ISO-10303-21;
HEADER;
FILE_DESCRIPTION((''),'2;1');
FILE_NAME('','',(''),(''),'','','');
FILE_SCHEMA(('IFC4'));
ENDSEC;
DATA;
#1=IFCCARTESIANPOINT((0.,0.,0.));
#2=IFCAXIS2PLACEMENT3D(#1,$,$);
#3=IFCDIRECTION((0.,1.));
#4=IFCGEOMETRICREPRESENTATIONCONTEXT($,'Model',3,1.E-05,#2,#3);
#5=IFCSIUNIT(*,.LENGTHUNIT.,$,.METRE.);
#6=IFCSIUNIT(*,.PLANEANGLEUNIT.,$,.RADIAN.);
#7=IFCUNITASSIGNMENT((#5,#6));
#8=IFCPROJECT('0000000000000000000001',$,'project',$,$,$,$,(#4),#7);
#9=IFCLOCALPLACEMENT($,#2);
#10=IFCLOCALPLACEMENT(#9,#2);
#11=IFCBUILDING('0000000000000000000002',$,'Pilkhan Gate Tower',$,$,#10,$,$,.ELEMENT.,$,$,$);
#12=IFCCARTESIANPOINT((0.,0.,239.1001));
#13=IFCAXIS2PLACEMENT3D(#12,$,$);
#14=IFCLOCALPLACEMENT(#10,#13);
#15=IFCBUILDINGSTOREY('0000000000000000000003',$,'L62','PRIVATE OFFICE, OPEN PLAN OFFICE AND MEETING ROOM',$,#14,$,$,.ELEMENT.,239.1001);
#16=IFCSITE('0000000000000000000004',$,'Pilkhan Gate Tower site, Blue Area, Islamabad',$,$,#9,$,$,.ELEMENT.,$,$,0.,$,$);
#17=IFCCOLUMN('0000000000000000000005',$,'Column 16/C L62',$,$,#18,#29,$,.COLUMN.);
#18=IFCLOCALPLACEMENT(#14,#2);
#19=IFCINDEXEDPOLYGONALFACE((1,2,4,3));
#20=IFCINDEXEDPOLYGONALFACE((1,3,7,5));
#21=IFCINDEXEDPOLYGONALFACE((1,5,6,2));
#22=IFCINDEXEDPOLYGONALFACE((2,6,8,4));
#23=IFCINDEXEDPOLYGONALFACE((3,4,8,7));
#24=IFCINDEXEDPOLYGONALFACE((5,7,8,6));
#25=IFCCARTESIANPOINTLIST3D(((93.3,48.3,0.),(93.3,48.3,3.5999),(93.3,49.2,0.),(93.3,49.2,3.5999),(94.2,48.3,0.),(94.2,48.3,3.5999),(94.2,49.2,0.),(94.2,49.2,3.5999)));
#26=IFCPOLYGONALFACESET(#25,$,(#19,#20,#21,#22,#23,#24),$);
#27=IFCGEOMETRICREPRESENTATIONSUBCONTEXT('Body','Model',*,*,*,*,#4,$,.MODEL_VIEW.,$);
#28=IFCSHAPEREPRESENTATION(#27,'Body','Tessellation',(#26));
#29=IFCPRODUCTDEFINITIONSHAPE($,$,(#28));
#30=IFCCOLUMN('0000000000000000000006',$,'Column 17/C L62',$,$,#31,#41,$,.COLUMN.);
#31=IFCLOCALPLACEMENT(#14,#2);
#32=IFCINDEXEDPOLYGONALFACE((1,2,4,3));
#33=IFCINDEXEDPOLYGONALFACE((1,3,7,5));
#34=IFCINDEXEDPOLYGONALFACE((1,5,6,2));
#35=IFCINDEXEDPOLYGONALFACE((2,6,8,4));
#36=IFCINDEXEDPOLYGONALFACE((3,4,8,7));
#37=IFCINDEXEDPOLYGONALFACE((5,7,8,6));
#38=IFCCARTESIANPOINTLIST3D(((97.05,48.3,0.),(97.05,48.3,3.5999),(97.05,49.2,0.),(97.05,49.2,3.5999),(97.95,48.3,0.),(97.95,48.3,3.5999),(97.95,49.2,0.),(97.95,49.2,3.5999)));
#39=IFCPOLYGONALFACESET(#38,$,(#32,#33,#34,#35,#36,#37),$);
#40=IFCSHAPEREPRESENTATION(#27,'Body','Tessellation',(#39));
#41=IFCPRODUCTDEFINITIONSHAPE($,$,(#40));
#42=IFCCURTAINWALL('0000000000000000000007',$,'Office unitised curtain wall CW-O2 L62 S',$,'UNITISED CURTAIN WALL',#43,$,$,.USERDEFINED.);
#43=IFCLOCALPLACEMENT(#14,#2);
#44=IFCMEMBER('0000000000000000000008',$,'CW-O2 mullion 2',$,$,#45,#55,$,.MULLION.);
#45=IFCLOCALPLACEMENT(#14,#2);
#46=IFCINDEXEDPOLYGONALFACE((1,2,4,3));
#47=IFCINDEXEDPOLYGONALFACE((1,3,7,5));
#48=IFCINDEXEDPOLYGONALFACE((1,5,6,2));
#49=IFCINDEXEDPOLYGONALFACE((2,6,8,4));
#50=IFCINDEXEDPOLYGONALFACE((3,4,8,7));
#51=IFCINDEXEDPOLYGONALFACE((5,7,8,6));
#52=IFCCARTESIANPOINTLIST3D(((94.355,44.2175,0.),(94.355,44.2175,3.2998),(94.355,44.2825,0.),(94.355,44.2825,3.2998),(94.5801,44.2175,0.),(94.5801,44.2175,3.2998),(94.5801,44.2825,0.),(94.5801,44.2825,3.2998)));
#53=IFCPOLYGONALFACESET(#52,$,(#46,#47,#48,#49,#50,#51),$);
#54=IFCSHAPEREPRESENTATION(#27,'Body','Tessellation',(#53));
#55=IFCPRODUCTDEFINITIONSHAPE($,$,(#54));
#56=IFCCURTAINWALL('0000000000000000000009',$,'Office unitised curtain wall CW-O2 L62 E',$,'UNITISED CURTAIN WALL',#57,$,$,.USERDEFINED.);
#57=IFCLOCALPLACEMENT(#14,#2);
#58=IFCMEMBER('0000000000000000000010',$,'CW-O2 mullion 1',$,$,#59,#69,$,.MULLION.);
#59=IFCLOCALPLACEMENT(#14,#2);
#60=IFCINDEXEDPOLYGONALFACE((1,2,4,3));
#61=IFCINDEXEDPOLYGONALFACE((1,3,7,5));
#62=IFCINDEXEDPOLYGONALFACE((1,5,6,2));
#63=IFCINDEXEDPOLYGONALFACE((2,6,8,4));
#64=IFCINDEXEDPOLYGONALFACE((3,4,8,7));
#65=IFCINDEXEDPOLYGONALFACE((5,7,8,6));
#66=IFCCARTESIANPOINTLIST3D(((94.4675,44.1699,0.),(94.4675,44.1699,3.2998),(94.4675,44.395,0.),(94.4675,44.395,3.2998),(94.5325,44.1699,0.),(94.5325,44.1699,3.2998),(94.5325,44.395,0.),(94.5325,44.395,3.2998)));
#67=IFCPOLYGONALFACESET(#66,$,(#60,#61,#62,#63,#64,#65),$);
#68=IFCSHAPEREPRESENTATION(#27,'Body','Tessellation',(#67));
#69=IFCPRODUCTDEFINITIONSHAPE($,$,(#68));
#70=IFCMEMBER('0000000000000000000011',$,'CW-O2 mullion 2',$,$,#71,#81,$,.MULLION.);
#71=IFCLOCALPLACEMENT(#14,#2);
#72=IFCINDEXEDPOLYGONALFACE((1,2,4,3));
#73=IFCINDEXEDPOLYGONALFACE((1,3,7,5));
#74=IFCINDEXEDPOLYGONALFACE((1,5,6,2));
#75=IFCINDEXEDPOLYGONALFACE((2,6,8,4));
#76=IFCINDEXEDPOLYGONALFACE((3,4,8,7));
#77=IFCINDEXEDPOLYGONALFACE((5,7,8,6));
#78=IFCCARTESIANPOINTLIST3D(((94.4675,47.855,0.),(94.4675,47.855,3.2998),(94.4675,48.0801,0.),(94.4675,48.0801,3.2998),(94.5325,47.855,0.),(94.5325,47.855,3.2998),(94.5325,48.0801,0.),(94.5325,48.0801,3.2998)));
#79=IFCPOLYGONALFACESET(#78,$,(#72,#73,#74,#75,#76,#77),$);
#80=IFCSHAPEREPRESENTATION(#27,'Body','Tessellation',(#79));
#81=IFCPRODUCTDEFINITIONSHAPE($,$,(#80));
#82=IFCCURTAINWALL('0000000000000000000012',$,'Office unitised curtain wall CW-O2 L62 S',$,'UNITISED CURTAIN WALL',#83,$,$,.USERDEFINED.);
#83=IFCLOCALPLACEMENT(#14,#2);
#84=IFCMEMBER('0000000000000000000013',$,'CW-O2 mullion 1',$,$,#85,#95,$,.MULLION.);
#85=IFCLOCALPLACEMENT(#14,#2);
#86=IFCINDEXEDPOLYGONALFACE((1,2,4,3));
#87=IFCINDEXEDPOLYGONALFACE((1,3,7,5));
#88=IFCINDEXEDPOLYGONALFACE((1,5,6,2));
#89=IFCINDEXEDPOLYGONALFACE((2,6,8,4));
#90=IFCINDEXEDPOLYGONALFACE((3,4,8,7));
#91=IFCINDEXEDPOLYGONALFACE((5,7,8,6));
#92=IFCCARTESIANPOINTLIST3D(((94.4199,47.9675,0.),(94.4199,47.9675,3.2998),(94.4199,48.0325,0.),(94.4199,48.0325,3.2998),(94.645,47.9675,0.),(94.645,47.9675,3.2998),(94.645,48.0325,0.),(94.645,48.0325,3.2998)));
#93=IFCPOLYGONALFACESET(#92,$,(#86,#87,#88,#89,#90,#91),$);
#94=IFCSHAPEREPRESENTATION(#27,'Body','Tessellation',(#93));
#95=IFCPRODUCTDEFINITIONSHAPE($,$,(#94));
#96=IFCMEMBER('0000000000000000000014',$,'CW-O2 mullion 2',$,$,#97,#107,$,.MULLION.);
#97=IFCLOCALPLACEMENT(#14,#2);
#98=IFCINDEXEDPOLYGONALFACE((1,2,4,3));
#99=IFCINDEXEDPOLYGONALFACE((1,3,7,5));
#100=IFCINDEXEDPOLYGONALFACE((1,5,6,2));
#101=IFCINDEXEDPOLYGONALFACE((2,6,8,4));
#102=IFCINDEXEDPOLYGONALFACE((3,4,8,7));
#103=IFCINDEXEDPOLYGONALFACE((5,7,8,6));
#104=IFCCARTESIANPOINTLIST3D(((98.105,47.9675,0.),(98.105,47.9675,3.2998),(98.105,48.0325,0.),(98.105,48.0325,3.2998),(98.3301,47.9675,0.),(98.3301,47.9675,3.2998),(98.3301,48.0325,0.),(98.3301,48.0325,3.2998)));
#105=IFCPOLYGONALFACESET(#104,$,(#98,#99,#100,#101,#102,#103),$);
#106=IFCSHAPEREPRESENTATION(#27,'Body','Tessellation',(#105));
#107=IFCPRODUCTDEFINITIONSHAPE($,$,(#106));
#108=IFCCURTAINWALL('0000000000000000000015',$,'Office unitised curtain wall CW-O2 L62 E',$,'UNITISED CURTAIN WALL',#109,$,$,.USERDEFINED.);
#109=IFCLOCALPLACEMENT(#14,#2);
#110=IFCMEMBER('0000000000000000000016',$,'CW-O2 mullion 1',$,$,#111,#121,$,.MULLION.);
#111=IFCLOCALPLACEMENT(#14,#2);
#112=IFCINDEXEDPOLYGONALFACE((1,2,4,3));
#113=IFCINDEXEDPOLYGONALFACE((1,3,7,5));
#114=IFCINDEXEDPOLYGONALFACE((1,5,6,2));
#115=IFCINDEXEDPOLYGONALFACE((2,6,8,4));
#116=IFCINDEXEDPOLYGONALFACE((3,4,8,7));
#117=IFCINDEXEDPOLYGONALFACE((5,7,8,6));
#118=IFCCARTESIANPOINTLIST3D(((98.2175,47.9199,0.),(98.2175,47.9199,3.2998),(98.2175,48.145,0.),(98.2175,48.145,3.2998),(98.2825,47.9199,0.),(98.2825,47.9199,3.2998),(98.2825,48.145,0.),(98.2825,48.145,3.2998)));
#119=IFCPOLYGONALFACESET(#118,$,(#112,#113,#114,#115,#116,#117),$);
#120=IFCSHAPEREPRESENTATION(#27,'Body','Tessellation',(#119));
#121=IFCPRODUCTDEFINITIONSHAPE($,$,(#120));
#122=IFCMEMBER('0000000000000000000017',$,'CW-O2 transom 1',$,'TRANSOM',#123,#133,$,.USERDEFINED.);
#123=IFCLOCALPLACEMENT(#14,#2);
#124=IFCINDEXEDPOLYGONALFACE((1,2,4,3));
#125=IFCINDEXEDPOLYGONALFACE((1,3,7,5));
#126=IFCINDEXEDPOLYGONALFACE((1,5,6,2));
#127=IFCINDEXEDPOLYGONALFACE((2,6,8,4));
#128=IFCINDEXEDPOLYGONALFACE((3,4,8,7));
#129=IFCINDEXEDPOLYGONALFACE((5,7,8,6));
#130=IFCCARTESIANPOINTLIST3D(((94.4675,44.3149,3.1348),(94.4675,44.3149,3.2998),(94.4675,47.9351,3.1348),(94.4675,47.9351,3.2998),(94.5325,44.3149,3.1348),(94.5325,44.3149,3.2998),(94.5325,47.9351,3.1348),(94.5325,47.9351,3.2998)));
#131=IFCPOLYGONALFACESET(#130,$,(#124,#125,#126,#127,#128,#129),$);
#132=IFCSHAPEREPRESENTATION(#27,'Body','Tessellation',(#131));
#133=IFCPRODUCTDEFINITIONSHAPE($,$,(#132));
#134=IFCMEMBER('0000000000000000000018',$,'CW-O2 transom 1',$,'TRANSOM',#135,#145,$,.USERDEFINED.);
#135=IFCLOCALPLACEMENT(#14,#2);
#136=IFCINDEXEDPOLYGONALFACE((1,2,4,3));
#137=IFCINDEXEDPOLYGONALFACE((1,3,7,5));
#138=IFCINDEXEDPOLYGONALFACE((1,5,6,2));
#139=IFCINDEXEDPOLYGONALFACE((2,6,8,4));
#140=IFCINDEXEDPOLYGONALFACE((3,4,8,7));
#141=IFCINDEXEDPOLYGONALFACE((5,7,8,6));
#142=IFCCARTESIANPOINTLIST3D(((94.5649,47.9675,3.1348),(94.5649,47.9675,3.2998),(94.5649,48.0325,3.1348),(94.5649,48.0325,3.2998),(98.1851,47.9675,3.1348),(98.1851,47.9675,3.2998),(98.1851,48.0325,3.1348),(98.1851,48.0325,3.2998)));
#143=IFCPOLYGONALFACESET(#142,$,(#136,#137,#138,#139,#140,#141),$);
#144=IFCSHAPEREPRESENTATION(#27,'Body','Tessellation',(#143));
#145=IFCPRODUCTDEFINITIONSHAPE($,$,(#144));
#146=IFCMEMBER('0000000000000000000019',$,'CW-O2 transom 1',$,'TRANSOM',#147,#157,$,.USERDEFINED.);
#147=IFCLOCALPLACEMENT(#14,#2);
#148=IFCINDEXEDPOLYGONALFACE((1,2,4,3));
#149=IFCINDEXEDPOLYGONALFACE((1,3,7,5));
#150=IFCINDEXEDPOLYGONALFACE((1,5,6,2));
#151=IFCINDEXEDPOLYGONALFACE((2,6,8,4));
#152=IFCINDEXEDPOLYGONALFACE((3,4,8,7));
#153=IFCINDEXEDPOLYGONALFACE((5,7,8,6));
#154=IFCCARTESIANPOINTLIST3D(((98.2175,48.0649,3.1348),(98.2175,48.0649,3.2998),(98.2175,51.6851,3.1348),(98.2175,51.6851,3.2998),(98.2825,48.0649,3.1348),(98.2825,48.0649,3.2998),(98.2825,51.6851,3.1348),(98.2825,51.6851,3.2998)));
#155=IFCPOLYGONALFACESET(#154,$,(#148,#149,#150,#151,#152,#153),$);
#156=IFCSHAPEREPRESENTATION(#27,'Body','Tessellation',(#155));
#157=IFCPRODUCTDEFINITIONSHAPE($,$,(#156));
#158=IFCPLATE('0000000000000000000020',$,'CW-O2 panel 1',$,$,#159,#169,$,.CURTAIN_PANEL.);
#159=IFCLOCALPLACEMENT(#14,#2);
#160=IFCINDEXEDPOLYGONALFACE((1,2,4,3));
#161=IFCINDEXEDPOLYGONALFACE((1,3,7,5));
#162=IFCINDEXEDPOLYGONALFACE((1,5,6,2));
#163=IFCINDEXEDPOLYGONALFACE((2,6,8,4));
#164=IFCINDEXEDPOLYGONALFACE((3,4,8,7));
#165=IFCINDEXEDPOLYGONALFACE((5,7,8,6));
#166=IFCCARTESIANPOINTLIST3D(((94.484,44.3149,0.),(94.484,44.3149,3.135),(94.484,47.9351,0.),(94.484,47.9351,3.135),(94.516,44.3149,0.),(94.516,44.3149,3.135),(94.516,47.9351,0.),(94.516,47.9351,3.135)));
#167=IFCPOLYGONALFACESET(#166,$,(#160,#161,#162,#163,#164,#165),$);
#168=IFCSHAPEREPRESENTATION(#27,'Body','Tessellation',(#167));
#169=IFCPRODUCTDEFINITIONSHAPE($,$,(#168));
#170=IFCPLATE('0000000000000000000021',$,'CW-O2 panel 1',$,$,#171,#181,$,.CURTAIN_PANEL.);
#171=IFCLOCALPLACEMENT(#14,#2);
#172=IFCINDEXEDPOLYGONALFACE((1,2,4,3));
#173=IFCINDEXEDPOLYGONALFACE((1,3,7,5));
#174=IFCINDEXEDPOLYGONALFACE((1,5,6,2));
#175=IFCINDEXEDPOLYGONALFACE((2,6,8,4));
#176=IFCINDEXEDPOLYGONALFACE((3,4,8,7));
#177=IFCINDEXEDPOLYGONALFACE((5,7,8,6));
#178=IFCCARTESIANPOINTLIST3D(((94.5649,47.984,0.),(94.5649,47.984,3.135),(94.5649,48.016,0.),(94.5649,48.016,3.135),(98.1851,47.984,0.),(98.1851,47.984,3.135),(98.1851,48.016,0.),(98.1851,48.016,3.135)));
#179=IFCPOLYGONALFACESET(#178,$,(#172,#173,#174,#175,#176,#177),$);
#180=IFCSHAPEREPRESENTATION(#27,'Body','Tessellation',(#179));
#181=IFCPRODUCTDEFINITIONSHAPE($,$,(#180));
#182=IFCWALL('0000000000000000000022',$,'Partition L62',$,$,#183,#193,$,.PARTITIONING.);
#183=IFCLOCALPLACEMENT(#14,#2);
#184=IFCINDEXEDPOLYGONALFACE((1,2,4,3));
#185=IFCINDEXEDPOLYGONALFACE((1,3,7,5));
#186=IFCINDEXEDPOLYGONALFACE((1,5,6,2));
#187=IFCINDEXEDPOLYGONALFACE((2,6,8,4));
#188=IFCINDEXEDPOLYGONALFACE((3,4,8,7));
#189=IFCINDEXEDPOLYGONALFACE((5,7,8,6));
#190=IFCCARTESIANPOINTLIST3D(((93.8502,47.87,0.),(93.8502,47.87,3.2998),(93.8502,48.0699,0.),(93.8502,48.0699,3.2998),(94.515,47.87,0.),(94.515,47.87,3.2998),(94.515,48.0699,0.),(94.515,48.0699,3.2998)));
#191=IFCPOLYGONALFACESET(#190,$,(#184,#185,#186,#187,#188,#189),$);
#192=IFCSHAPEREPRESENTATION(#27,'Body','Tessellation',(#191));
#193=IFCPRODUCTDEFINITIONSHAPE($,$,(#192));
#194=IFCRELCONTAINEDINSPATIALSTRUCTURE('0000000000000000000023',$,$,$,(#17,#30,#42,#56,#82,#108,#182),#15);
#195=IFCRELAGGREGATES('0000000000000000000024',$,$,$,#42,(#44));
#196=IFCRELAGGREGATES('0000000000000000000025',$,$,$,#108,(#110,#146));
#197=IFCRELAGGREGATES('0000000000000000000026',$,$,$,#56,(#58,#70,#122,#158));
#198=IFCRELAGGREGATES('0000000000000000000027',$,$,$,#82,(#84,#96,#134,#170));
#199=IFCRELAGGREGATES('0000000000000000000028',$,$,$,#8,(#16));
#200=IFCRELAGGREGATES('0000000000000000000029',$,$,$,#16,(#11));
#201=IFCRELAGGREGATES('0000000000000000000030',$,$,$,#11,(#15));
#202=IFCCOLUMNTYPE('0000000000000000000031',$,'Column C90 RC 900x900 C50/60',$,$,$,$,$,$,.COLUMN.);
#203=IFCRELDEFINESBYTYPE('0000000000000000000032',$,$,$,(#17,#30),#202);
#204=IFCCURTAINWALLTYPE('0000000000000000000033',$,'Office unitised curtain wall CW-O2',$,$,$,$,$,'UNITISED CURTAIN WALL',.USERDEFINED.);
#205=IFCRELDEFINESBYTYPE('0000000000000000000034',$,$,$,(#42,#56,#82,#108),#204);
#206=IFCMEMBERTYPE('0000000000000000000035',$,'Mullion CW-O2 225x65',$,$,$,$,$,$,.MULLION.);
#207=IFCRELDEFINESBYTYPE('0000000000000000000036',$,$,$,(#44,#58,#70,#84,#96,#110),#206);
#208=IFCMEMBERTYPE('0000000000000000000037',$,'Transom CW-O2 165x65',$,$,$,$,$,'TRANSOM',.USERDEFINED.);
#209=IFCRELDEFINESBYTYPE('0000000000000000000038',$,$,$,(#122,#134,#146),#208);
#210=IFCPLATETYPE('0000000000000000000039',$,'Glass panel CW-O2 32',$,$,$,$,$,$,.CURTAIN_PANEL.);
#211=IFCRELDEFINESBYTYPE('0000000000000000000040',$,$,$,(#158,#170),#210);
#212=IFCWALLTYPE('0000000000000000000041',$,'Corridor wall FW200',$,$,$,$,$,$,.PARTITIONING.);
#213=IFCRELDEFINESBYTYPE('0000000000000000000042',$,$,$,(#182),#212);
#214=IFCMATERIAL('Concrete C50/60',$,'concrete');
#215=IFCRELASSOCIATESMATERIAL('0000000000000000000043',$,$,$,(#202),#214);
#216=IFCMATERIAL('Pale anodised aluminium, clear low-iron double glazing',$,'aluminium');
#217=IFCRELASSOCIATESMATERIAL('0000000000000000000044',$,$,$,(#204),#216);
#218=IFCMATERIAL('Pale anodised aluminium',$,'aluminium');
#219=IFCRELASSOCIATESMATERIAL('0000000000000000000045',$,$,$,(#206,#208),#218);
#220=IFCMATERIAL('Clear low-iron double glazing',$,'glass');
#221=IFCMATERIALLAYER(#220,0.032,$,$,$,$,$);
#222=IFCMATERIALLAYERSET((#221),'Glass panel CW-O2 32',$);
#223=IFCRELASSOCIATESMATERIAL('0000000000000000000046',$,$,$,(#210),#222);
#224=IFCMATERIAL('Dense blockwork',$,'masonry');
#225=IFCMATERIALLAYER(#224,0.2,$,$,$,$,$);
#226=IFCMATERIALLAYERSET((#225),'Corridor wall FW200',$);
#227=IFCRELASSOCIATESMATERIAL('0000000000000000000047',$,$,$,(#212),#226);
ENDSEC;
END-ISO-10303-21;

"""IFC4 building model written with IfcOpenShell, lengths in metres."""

from ifc_helpers import new_model, si_unit, direction, frame, frame_2d, origin, origin_2d, place, context, subcontext, project, spatial, rectangle, extrude, material, layer, layer_set, material_profile, profile_set, type_object, element, aggregate, save


model = new_model("IFC4")

# Units and contexts
model_context = context("Model", 3, precision=1e-05, world=origin(), true_north=direction((0.0, 1.0)))
body_context = subcontext(model_context, "Body", "Model", "MODEL_VIEW")
ifc_project = project(units=[si_unit("LENGTHUNIT", "METRE"), si_unit("PLANEANGLEUNIT", "RADIAN")], contexts=[model_context])

# Site, building, storey
site_placement = place(None, origin())
site = spatial("IfcSite", under=ifc_project, at=site_placement, Name="Pilkhan Gate Tower site, Blue Area, Islamabad", CompositionType="ELEMENT", RefElevation=0.0)
building_placement = place(site_placement, origin())
building = spatial("IfcBuilding", under=site, at=building_placement, Name="Pilkhan Gate Tower", CompositionType="ELEMENT")
storey_placement = place(building_placement, frame((0.0, 0.0, 239.1001)))
storey = spatial("IfcBuildingStorey", under=building, at=storey_placement, Name="L62", Description="PRIVATE OFFICE, OPEN PLAN OFFICE AND MEETING ROOM", CompositionType="ELEMENT", Elevation=239.1001)

# Columns
ifc_material_1 = material(Name="Concrete C50/60", Category="concrete")
ifc_material_profile_1 = material_profile(ifc_material_1, rectangle(XDim=0.8999, YDim=0.8999, at=origin_2d()), Name="RC 900x900")
ifc_profile_set_1 = profile_set([ifc_material_profile_1], Name="Concrete C50/60")
column_type = type_object("IfcColumnType", Name="Column C90 RC 900x900 C50/60", PredefinedType="COLUMN", material=ifc_profile_set_1)
for number, where, z_axis, x_axis, name in (
    (1, (93.75, 48.75, 0.0), (0.0, 0.0, 1.0), (1.0, 0.0, 0.0), "Column 16/C L62"),
    (2, (97.5, 48.75, 0.0), (0.0, 0.0, 1.0), (1.0, 0.0, 0.0), "Column 17/C L62"),
):
    element("IfcColumn", number, at=place(storey_placement, frame(where, z_axis=z_axis, x_axis=x_axis)), inside=storey, type_object=column_type, Name=name, PredefinedType="COLUMN", context=body_context, shape_type="SweptSolid", body=[
        extrude(rectangle(XDim=0.8999, YDim=0.8999, at=origin_2d()), origin(), (0.0, 0.0, 1.0), 3.5999),
    ])

# Curtain wall, member
ifc_material_2 = material(Name="Pale anodised aluminium, clear low-iron double glazing", Category="aluminium")
curtain_wall_type = type_object("IfcCurtainWallType", Name="Office unitised curtain wall CW-O2", ElementType="UNITISED CURTAIN WALL", PredefinedType="USERDEFINED", material=ifc_material_2)
curtain_wall_1_placement = place(storey_placement, origin())
curtain_wall_1 = element("IfcCurtainWall", 3, at=curtain_wall_1_placement, inside=storey, type_object=curtain_wall_type, Name="Office unitised curtain wall CW-O2 L62 S", ObjectType="UNITISED CURTAIN WALL", PredefinedType="USERDEFINED")
ifc_material_3 = material(Name="Pale anodised aluminium", Category="aluminium")
ifc_material_profile_2 = material_profile(ifc_material_3, rectangle(XDim=0.0649, YDim=0.2251, at=origin_2d()), Name="Mullion 225x65")
ifc_profile_set_2 = profile_set([ifc_material_profile_2], Name="Pale anodised aluminium")
member_type_1 = type_object("IfcMemberType", Name="Mullion CW-O2 225x65", PredefinedType="MULLION", material=ifc_profile_set_2)
member_1_placement = place(storey_placement, frame((94.4675, 44.25, 0.0), z_axis=(0.0, 0.0, 1.0), x_axis=(0.0, 1.0, 0.0)))
member_1 = element("IfcMember", 4, at=member_1_placement, type_object=member_type_1, Name="CW-O2 mullion 2", PredefinedType="MULLION", context=body_context, shape_type="SweptSolid", body=[
    extrude(rectangle(XDim=0.0649, YDim=0.2251, at=origin_2d()), origin(), (0.0, 0.0, 1.0), 3.2998),
])
aggregate(curtain_wall_1, [member_1])

# Curtain walls, members
curtain_wall_2_placement = place(storey_placement, origin())
curtain_wall_2 = element("IfcCurtainWall", 5, at=curtain_wall_2_placement, inside=storey, type_object=curtain_wall_type, Name="Office unitised curtain wall CW-O2 L62 E", ObjectType="UNITISED CURTAIN WALL", PredefinedType="USERDEFINED")
member_2_placement = place(storey_placement, frame((94.5, 44.2825, 0.0), z_axis=(0.0, 0.0, 1.0), x_axis=(-1.0, 0.0, 0.0)))
member_2 = element("IfcMember", 6, at=member_2_placement, type_object=member_type_1, Name="CW-O2 mullion 1", PredefinedType="MULLION", context=body_context, shape_type="SweptSolid", body=[
    extrude(rectangle(XDim=0.0649, YDim=0.2251, at=origin_2d()), origin(), (0.0, 0.0, 1.0), 3.2998),
])
member_3_placement = place(storey_placement, frame((94.5, 47.9675, 0.0), z_axis=(0.0, 0.0, 1.0), x_axis=(-1.0, 0.0, 0.0)))
member_3 = element("IfcMember", 7, at=member_3_placement, type_object=member_type_1, Name="CW-O2 mullion 2", PredefinedType="MULLION", context=body_context, shape_type="SweptSolid", body=[
    extrude(rectangle(XDim=0.0649, YDim=0.2251, at=origin_2d()), origin(), (0.0, 0.0, 1.0), 3.2998),
])
curtain_wall_3_placement = place(storey_placement, origin())
curtain_wall_3 = element("IfcCurtainWall", 8, at=curtain_wall_3_placement, inside=storey, type_object=curtain_wall_type, Name="Office unitised curtain wall CW-O2 L62 S", ObjectType="UNITISED CURTAIN WALL", PredefinedType="USERDEFINED")
member_4_placement = place(storey_placement, frame((94.5325, 48.0, 0.0), z_axis=(0.0, 0.0, 1.0), x_axis=(0.0, 1.0, 0.0)))
member_4 = element("IfcMember", 9, at=member_4_placement, type_object=member_type_1, Name="CW-O2 mullion 1", PredefinedType="MULLION", context=body_context, shape_type="SweptSolid", body=[
    extrude(rectangle(XDim=0.0649, YDim=0.2251, at=origin_2d()), origin(), (0.0, 0.0, 1.0), 3.2998),
])
member_5_placement = place(storey_placement, frame((98.2175, 48.0, 0.0), z_axis=(0.0, 0.0, 1.0), x_axis=(0.0, 1.0, 0.0)))
member_5 = element("IfcMember", 10, at=member_5_placement, type_object=member_type_1, Name="CW-O2 mullion 2", PredefinedType="MULLION", context=body_context, shape_type="SweptSolid", body=[
    extrude(rectangle(XDim=0.0649, YDim=0.2251, at=origin_2d()), origin(), (0.0, 0.0, 1.0), 3.2998),
])

# Curtain wall, member
curtain_wall_4_placement = place(storey_placement, origin())
curtain_wall_4 = element("IfcCurtainWall", 11, at=curtain_wall_4_placement, inside=storey, type_object=curtain_wall_type, Name="Office unitised curtain wall CW-O2 L62 E", ObjectType="UNITISED CURTAIN WALL", PredefinedType="USERDEFINED")
member_6_placement = place(storey_placement, frame((98.25, 48.0325, 0.0), z_axis=(0.0, 0.0, 1.0), x_axis=(-1.0, 0.0, 0.0)))
member_6 = element("IfcMember", 12, at=member_6_placement, type_object=member_type_1, Name="CW-O2 mullion 1", PredefinedType="MULLION", context=body_context, shape_type="SweptSolid", body=[
    extrude(rectangle(XDim=0.0649, YDim=0.2251, at=origin_2d()), origin(), (0.0, 0.0, 1.0), 3.2998),
])

# Members
ifc_material_profile_3 = material_profile(ifc_material_3, rectangle(XDim=0.0649, YDim=0.165, at=origin_2d()), Name="Transom 165x65")
ifc_profile_set_3 = profile_set([ifc_material_profile_3], Name="Pale anodised aluminium")
member_type_2 = type_object("IfcMemberType", Name="Transom CW-O2 165x65", ElementType="TRANSOM", PredefinedType="USERDEFINED", material=ifc_profile_set_3)
member_7_placement = place(storey_placement, frame((94.5, 44.3149, 3.2173), z_axis=(0.0, 1.0, 0.0), x_axis=(-1.0, 0.0, 0.0)))
member_7 = element("IfcMember", 13, at=member_7_placement, type_object=member_type_2, Name="CW-O2 transom 1", ObjectType="TRANSOM", PredefinedType="USERDEFINED", context=body_context, shape_type="SweptSolid", body=[
    extrude(rectangle(XDim=0.0649, YDim=0.165, at=origin_2d()), origin(), (0.0, 0.0, 1.0), 3.6201),
])
member_8_placement = place(storey_placement, frame((94.5649, 48.0, 3.2173), z_axis=(1.0, 0.0, 0.0), x_axis=(0.0, 1.0, 0.0)))
member_8 = element("IfcMember", 14, at=member_8_placement, type_object=member_type_2, Name="CW-O2 transom 1", ObjectType="TRANSOM", PredefinedType="USERDEFINED", context=body_context, shape_type="SweptSolid", body=[
    extrude(rectangle(XDim=0.0649, YDim=0.165, at=origin_2d()), origin(), (0.0, 0.0, 1.0), 3.6201),
])
member_9_placement = place(storey_placement, frame((98.25, 48.0649, 3.2173), z_axis=(0.0, 1.0, 0.0), x_axis=(-1.0, 0.0, 0.0)))
member_9 = element("IfcMember", 15, at=member_9_placement, type_object=member_type_2, Name="CW-O2 transom 1", ObjectType="TRANSOM", PredefinedType="USERDEFINED", context=body_context, shape_type="SweptSolid", body=[
    extrude(rectangle(XDim=0.0649, YDim=0.165, at=origin_2d()), origin(), (0.0, 0.0, 1.0), 3.6201),
])
aggregate(curtain_wall_4, [member_6, member_9])

# Plates
ifc_material_4 = material(Name="Clear low-iron double glazing", Category="glass")
ifc_layer_1 = layer(ifc_material_4, 0.032)
ifc_layer_set_1 = layer_set([ifc_layer_1], Name="Glass panel CW-O2 32")
plate_type = type_object("IfcPlateType", Name="Glass panel CW-O2 32", PredefinedType="CURTAIN_PANEL", material=ifc_layer_set_1)
plate_1_placement = place(storey_placement, frame((94.5, 46.125, 0.0), z_axis=(0.0, 0.0, 1.0), x_axis=(0.0, 1.0, 0.0)))
plate_1 = element("IfcPlate", 16, at=plate_1_placement, type_object=plate_type, Name="CW-O2 panel 1", PredefinedType="CURTAIN_PANEL", context=body_context, shape_type="SweptSolid", body=[
    extrude(rectangle(XDim=3.6201, YDim=0.032, at=origin_2d()), origin(), (0.0, 0.0, 1.0), 3.135),
])
aggregate(curtain_wall_2, [member_2, member_3, member_7, plate_1])
plate_2_placement = place(storey_placement, frame((96.375, 48.0, 0.0), z_axis=(0.0, 0.0, 1.0), x_axis=(1.0, 0.0, 0.0)))
plate_2 = element("IfcPlate", 17, at=plate_2_placement, type_object=plate_type, Name="CW-O2 panel 1", PredefinedType="CURTAIN_PANEL", context=body_context, shape_type="SweptSolid", body=[
    extrude(rectangle(XDim=3.6201, YDim=0.032, at=origin_2d()), origin(), (0.0, 0.0, 1.0), 3.135),
])
aggregate(curtain_wall_3, [member_4, member_5, member_8, plate_2])

# Wall
ifc_material_5 = material(Name="Dense blockwork", Category="masonry")
ifc_layer_2 = layer(ifc_material_5, 0.2)
ifc_layer_set_2 = layer_set([ifc_layer_2], Name="Corridor wall FW200")
wall_type = type_object("IfcWallType", Name="Corridor wall FW200", PredefinedType="PARTITIONING", material=ifc_layer_set_2)
wall_1_placement = place(storey_placement, frame((93.8501, 47.97, 0.0), z_axis=(0.0, 0.0, 1.0), x_axis=(1.0, 0.0, 0.0)))
element("IfcWall", 18, at=wall_1_placement, inside=storey, type_object=wall_type, Name="Partition L62", PredefinedType="PARTITIONING", context=body_context, shape_type="SweptSolid", body=[
    extrude(rectangle(XDim=0.6648, YDim=0.2, at=frame_2d((0.3325, 0.0))), origin(), (0.0, 0.0, 1.0), 3.2998),
])

save(model, "model.ifc")
